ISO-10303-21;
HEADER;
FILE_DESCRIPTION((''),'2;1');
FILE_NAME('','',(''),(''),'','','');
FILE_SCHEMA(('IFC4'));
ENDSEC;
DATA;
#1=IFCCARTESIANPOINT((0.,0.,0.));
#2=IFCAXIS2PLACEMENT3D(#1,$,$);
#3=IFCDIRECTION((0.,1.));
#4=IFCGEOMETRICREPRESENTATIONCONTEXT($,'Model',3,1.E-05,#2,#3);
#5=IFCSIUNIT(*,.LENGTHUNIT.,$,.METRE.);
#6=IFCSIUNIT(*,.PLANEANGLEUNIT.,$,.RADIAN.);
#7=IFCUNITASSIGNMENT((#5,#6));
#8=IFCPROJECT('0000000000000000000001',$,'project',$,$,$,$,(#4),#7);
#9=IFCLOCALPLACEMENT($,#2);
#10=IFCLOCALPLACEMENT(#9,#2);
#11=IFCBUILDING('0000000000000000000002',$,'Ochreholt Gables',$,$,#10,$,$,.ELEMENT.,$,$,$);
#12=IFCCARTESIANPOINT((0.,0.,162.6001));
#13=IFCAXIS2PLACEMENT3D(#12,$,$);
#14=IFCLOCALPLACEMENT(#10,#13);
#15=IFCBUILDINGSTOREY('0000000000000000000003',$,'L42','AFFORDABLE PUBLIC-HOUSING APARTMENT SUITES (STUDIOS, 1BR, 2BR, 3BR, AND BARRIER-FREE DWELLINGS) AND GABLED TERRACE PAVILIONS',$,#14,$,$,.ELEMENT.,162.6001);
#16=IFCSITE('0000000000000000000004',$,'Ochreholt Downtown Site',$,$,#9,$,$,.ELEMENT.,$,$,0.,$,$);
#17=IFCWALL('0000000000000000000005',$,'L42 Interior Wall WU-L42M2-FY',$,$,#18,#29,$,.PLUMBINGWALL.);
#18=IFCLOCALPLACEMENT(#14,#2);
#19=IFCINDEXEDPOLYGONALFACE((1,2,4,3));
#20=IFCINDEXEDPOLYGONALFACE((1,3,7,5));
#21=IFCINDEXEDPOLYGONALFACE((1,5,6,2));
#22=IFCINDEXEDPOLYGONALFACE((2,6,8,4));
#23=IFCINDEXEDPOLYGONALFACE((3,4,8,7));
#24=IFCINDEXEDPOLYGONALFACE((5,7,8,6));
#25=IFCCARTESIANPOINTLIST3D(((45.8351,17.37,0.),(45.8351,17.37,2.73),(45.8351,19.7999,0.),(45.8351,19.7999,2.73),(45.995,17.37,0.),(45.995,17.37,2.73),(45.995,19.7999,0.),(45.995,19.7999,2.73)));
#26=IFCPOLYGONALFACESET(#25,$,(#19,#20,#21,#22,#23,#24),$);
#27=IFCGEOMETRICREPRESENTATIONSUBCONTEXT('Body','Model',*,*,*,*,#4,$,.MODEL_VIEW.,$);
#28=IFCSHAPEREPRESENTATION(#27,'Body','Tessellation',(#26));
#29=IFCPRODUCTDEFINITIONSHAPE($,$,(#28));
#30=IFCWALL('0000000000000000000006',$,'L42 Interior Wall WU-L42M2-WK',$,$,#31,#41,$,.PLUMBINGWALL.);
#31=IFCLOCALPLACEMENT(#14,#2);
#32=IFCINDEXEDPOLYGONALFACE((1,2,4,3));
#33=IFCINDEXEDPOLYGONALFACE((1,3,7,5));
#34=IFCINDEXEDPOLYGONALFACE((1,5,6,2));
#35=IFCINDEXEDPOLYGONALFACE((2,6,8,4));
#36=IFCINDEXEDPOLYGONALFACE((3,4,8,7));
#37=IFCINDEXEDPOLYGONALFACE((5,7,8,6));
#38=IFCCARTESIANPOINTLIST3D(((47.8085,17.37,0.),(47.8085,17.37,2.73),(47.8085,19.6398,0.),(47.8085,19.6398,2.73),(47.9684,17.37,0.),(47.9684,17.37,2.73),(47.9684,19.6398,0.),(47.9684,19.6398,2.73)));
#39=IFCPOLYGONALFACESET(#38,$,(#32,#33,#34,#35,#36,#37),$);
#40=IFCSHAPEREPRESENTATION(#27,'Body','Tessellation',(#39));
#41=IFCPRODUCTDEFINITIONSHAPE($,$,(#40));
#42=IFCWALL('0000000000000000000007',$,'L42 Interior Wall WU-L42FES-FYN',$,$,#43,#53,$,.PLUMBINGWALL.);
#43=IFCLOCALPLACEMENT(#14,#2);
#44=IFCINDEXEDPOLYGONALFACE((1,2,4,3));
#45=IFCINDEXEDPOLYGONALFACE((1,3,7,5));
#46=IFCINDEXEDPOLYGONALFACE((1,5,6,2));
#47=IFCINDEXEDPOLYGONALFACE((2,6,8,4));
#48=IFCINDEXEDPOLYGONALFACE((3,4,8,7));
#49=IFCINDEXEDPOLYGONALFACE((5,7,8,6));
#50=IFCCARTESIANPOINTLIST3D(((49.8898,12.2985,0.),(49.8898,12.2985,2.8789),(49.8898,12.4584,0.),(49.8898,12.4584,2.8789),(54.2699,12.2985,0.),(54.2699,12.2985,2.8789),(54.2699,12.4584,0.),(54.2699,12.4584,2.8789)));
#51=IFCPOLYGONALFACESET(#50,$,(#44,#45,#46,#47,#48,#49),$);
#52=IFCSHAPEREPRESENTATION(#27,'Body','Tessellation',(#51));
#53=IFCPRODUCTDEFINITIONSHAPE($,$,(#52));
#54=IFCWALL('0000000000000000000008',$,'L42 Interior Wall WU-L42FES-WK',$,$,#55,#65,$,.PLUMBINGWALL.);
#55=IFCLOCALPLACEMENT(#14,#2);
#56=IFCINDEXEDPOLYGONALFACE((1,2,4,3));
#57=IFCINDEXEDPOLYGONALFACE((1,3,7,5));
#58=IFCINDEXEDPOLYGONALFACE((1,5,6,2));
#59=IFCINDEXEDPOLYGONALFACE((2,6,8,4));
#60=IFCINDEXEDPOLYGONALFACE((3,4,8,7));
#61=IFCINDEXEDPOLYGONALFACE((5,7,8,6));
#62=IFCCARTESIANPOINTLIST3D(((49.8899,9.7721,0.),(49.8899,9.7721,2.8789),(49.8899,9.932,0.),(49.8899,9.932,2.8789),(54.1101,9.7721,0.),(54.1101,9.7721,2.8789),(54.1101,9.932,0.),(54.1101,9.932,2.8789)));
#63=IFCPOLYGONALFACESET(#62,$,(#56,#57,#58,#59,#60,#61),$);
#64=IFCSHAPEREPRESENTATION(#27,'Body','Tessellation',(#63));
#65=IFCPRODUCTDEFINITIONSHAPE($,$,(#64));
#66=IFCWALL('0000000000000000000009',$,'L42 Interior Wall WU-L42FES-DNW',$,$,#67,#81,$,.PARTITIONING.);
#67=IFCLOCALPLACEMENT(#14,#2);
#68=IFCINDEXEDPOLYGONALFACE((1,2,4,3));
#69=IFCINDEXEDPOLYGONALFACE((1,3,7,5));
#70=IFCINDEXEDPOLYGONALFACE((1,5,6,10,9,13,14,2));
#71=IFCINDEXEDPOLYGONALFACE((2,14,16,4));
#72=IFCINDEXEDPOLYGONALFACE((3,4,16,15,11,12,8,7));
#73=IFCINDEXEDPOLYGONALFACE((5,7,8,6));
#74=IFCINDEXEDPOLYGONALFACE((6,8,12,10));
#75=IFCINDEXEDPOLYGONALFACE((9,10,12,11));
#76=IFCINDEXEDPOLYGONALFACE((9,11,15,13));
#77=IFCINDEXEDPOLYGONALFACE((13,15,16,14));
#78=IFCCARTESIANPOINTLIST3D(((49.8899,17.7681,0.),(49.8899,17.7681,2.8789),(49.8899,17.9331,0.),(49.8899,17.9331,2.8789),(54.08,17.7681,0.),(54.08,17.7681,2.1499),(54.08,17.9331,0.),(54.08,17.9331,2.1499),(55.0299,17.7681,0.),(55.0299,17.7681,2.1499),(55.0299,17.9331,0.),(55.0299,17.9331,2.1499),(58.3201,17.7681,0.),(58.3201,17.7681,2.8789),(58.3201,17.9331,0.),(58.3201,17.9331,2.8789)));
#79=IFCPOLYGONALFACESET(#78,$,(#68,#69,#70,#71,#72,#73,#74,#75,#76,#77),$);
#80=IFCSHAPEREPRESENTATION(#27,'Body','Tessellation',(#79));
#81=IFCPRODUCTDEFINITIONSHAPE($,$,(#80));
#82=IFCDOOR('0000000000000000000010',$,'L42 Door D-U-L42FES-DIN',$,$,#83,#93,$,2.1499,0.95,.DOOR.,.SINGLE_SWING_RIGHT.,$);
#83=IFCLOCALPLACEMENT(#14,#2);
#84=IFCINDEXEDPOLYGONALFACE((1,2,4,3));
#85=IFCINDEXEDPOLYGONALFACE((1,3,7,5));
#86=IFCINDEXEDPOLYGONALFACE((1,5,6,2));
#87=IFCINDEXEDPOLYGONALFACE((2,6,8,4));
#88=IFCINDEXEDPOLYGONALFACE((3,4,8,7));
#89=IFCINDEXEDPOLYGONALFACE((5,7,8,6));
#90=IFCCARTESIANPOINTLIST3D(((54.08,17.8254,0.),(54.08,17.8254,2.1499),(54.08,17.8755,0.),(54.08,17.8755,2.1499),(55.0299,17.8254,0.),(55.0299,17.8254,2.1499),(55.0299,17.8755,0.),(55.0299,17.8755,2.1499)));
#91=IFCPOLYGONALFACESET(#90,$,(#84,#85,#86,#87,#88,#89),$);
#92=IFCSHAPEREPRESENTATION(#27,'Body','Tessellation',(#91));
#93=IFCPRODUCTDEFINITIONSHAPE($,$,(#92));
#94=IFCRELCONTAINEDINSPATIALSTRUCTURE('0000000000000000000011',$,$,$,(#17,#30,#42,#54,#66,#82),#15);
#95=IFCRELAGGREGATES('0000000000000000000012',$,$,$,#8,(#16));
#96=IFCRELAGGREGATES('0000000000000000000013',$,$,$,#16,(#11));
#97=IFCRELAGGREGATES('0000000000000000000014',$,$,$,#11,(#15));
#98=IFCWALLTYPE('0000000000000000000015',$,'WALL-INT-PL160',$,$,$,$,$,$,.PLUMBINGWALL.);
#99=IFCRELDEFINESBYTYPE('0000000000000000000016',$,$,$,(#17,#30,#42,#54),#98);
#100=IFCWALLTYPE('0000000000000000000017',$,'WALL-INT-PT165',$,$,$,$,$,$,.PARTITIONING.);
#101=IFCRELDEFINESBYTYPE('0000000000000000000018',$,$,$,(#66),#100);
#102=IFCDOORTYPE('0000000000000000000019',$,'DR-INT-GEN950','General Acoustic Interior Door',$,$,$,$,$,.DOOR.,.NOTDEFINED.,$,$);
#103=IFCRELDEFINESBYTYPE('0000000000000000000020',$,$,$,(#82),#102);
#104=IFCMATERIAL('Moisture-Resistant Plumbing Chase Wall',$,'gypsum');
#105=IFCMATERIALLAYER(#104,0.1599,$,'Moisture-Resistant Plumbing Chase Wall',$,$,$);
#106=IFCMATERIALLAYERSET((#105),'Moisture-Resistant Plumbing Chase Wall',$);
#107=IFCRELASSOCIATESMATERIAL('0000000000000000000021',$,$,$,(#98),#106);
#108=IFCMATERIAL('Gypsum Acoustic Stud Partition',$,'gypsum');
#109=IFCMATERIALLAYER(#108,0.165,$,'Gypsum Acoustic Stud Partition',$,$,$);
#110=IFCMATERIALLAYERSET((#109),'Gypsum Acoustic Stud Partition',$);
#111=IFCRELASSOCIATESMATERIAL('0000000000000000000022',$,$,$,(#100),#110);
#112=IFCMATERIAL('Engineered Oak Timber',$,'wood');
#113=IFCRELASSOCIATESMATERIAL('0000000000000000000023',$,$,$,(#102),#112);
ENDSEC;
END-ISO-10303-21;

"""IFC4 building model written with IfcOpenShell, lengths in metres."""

from ifc_helpers import new_model, si_unit, direction, frame, frame_2d, origin, place, context, subcontext, project, spatial, rectangle, extrude, material, layer, layer_set, type_object, element, fill, save


model = new_model("IFC4")

# Units and contexts
model_context = context("Model", 3, precision=1e-05, world=origin(), true_north=direction((0.0, 1.0)))
body_context = subcontext(model_context, "Body", "Model", "MODEL_VIEW")
ifc_project = project(units=[si_unit("LENGTHUNIT", "METRE"), si_unit("PLANEANGLEUNIT", "RADIAN")], contexts=[model_context])

# Site, building, storey
site_placement = place(None, origin())
site = spatial("IfcSite", under=ifc_project, at=site_placement, Name="Ochreholt Downtown Site", CompositionType="ELEMENT", RefElevation=0.0)
building_placement = place(site_placement, origin())
building = spatial("IfcBuilding", under=site, at=building_placement, Name="Ochreholt Gables", CompositionType="ELEMENT")
storey_placement = place(building_placement, frame((0.0, 0.0, 162.6001)))
storey = spatial("IfcBuildingStorey", under=building, at=storey_placement, Name="L42", Description="AFFORDABLE PUBLIC-HOUSING APARTMENT SUITES (STUDIOS, 1BR, 2BR, 3BR, AND BARRIER-FREE DWELLINGS) AND GABLED TERRACE PAVILIONS", CompositionType="ELEMENT", Elevation=162.6001)

# Shared definitions
ifc_material_1 = material(Name="Engineered Oak Timber", Category="wood")

# Walls
ifc_material_2 = material(Name="Moisture-Resistant Plumbing Chase Wall", Category="gypsum")
ifc_layer_1 = layer(ifc_material_2, 0.1599, Name="Moisture-Resistant Plumbing Chase Wall")
ifc_layer_set_1 = layer_set([ifc_layer_1], Name="Moisture-Resistant Plumbing Chase Wall")
wall_type_1 = type_object("IfcWallType", Name="WALL-INT-PL160", PredefinedType="PLUMBINGWALL", material=ifc_layer_set_1)
wall_1_placement = place(storey_placement, frame((45.915, 17.3701, 0.0), z_axis=(0.0, 0.0, 1.0), x_axis=(0.0, 1.0, 0.0)))
element("IfcWall", 1, at=wall_1_placement, inside=storey, type_object=wall_type_1, Name="L42 Interior Wall WU-L42M2-FY", PredefinedType="PLUMBINGWALL", context=body_context, shape_type="SweptSolid", body=[
    extrude(rectangle(XDim=2.4299, YDim=0.1599, at=frame_2d((1.2148, 0.0))), origin(), (0.0, 0.0, 1.0), 2.73),
])
wall_2_placement = place(storey_placement, frame((47.8884, 17.3701, 0.0), z_axis=(0.0, 0.0, 1.0), x_axis=(0.0, 1.0, 0.0)))
element("IfcWall", 2, at=wall_2_placement, inside=storey, type_object=wall_type_1, Name="L42 Interior Wall WU-L42M2-WK", PredefinedType="PLUMBINGWALL", context=body_context, shape_type="SweptSolid", body=[
    extrude(rectangle(XDim=2.2698, YDim=0.1599, at=frame_2d((1.1348, 0.0))), origin(), (0.0, 0.0, 1.0), 2.73),
])
wall_3_placement = place(storey_placement, frame((49.8899, 12.3784, 0.0), z_axis=(0.0, 0.0, 1.0), x_axis=(1.0, 0.0, 0.0)))
element("IfcWall", 3, at=wall_3_placement, inside=storey, type_object=wall_type_1, Name="L42 Interior Wall WU-L42FES-FYN", PredefinedType="PLUMBINGWALL", context=body_context, shape_type="SweptSolid", body=[
    extrude(rectangle(XDim=4.3801, YDim=0.1599, at=frame_2d((2.1899, 0.0))), origin(), (0.0, 0.0, 1.0), 2.8789),
])
wall_4_placement = place(storey_placement, frame((49.8899, 9.8521, 0.0), z_axis=(0.0, 0.0, 1.0), x_axis=(1.0, 0.0, 0.0)))
element("IfcWall", 4, at=wall_4_placement, inside=storey, type_object=wall_type_1, Name="L42 Interior Wall WU-L42FES-WK", PredefinedType="PLUMBINGWALL", context=body_context, shape_type="SweptSolid", body=[
    extrude(rectangle(XDim=4.2202, YDim=0.1599, at=frame_2d((2.1101, 0.0))), origin(), (0.0, 0.0, 1.0), 2.8789),
])

# Wall, opening, door
ifc_material_3 = material(Name="Gypsum Acoustic Stud Partition", Category="gypsum")
ifc_layer_2 = layer(ifc_material_3, 0.165, Name="Gypsum Acoustic Stud Partition")
ifc_layer_set_2 = layer_set([ifc_layer_2], Name="Gypsum Acoustic Stud Partition")
wall_type_2 = type_object("IfcWallType", Name="WALL-INT-PT165", PredefinedType="PARTITIONING", material=ifc_layer_set_2)
wall_5_placement = place(storey_placement, frame((49.8899, 17.8506, 0.0), z_axis=(0.0, 0.0, 1.0), x_axis=(1.0, 0.0, 0.0)))
wall_5 = element("IfcWall", 5, at=wall_5_placement, inside=storey, type_object=wall_type_2, Name="L42 Interior Wall WU-L42FES-DNW", PredefinedType="PARTITIONING", context=body_context, shape_type="SweptSolid", body=[
    extrude(rectangle(XDim=8.4302, YDim=0.165, at=frame_2d((4.2151, 0.0))), origin(), (0.0, 0.0, 1.0), 2.8789),
])
opening_1_placement = place(wall_5_placement, frame((4.1899, 0.0, 0.0)))
opening_1 = element("IfcOpeningElement", 6, at=opening_1_placement, cuts=wall_5, PredefinedType="OPENING", context=body_context, shape_type="SweptSolid", body=[
    extrude(rectangle(XDim=0.95, YDim=2.1499, at=frame_2d((0.4751, 1.075))), frame((0.0, 0.0925, 0.0), z_axis=(0.0, -1.0, 0.0), x_axis=(1.0, 0.0, 0.0)), (0.0, 0.0, 1.0), 0.1851),
])
door_type_1 = type_object("IfcDoorType", Name="DR-INT-GEN950", Description="General Acoustic Interior Door", OperationType="NOTDEFINED", PredefinedType="DOOR", material=ifc_material_1)
door_1_placement = place(opening_1_placement, origin())
door_1 = element("IfcDoor", 7, at=door_1_placement, inside=storey, type_object=door_type_1, Name="L42 Door D-U-L42FES-DIN", OperationType="SINGLE_SWING_RIGHT", OverallHeight=2.1499, OverallWidth=0.95, PredefinedType="DOOR", context=body_context, shape_type="SweptSolid", body=[
    extrude(rectangle(XDim=0.95, YDim=2.1499, at=frame_2d((0.4751, 1.075))), frame((0.0, 0.0249, 0.0), z_axis=(0.0, -1.0, 0.0), x_axis=(1.0, 0.0, 0.0)), (0.0, 0.0, 1.0), 0.05),
])
fill(opening_1, door_1)

save(model, "model.ifc")
